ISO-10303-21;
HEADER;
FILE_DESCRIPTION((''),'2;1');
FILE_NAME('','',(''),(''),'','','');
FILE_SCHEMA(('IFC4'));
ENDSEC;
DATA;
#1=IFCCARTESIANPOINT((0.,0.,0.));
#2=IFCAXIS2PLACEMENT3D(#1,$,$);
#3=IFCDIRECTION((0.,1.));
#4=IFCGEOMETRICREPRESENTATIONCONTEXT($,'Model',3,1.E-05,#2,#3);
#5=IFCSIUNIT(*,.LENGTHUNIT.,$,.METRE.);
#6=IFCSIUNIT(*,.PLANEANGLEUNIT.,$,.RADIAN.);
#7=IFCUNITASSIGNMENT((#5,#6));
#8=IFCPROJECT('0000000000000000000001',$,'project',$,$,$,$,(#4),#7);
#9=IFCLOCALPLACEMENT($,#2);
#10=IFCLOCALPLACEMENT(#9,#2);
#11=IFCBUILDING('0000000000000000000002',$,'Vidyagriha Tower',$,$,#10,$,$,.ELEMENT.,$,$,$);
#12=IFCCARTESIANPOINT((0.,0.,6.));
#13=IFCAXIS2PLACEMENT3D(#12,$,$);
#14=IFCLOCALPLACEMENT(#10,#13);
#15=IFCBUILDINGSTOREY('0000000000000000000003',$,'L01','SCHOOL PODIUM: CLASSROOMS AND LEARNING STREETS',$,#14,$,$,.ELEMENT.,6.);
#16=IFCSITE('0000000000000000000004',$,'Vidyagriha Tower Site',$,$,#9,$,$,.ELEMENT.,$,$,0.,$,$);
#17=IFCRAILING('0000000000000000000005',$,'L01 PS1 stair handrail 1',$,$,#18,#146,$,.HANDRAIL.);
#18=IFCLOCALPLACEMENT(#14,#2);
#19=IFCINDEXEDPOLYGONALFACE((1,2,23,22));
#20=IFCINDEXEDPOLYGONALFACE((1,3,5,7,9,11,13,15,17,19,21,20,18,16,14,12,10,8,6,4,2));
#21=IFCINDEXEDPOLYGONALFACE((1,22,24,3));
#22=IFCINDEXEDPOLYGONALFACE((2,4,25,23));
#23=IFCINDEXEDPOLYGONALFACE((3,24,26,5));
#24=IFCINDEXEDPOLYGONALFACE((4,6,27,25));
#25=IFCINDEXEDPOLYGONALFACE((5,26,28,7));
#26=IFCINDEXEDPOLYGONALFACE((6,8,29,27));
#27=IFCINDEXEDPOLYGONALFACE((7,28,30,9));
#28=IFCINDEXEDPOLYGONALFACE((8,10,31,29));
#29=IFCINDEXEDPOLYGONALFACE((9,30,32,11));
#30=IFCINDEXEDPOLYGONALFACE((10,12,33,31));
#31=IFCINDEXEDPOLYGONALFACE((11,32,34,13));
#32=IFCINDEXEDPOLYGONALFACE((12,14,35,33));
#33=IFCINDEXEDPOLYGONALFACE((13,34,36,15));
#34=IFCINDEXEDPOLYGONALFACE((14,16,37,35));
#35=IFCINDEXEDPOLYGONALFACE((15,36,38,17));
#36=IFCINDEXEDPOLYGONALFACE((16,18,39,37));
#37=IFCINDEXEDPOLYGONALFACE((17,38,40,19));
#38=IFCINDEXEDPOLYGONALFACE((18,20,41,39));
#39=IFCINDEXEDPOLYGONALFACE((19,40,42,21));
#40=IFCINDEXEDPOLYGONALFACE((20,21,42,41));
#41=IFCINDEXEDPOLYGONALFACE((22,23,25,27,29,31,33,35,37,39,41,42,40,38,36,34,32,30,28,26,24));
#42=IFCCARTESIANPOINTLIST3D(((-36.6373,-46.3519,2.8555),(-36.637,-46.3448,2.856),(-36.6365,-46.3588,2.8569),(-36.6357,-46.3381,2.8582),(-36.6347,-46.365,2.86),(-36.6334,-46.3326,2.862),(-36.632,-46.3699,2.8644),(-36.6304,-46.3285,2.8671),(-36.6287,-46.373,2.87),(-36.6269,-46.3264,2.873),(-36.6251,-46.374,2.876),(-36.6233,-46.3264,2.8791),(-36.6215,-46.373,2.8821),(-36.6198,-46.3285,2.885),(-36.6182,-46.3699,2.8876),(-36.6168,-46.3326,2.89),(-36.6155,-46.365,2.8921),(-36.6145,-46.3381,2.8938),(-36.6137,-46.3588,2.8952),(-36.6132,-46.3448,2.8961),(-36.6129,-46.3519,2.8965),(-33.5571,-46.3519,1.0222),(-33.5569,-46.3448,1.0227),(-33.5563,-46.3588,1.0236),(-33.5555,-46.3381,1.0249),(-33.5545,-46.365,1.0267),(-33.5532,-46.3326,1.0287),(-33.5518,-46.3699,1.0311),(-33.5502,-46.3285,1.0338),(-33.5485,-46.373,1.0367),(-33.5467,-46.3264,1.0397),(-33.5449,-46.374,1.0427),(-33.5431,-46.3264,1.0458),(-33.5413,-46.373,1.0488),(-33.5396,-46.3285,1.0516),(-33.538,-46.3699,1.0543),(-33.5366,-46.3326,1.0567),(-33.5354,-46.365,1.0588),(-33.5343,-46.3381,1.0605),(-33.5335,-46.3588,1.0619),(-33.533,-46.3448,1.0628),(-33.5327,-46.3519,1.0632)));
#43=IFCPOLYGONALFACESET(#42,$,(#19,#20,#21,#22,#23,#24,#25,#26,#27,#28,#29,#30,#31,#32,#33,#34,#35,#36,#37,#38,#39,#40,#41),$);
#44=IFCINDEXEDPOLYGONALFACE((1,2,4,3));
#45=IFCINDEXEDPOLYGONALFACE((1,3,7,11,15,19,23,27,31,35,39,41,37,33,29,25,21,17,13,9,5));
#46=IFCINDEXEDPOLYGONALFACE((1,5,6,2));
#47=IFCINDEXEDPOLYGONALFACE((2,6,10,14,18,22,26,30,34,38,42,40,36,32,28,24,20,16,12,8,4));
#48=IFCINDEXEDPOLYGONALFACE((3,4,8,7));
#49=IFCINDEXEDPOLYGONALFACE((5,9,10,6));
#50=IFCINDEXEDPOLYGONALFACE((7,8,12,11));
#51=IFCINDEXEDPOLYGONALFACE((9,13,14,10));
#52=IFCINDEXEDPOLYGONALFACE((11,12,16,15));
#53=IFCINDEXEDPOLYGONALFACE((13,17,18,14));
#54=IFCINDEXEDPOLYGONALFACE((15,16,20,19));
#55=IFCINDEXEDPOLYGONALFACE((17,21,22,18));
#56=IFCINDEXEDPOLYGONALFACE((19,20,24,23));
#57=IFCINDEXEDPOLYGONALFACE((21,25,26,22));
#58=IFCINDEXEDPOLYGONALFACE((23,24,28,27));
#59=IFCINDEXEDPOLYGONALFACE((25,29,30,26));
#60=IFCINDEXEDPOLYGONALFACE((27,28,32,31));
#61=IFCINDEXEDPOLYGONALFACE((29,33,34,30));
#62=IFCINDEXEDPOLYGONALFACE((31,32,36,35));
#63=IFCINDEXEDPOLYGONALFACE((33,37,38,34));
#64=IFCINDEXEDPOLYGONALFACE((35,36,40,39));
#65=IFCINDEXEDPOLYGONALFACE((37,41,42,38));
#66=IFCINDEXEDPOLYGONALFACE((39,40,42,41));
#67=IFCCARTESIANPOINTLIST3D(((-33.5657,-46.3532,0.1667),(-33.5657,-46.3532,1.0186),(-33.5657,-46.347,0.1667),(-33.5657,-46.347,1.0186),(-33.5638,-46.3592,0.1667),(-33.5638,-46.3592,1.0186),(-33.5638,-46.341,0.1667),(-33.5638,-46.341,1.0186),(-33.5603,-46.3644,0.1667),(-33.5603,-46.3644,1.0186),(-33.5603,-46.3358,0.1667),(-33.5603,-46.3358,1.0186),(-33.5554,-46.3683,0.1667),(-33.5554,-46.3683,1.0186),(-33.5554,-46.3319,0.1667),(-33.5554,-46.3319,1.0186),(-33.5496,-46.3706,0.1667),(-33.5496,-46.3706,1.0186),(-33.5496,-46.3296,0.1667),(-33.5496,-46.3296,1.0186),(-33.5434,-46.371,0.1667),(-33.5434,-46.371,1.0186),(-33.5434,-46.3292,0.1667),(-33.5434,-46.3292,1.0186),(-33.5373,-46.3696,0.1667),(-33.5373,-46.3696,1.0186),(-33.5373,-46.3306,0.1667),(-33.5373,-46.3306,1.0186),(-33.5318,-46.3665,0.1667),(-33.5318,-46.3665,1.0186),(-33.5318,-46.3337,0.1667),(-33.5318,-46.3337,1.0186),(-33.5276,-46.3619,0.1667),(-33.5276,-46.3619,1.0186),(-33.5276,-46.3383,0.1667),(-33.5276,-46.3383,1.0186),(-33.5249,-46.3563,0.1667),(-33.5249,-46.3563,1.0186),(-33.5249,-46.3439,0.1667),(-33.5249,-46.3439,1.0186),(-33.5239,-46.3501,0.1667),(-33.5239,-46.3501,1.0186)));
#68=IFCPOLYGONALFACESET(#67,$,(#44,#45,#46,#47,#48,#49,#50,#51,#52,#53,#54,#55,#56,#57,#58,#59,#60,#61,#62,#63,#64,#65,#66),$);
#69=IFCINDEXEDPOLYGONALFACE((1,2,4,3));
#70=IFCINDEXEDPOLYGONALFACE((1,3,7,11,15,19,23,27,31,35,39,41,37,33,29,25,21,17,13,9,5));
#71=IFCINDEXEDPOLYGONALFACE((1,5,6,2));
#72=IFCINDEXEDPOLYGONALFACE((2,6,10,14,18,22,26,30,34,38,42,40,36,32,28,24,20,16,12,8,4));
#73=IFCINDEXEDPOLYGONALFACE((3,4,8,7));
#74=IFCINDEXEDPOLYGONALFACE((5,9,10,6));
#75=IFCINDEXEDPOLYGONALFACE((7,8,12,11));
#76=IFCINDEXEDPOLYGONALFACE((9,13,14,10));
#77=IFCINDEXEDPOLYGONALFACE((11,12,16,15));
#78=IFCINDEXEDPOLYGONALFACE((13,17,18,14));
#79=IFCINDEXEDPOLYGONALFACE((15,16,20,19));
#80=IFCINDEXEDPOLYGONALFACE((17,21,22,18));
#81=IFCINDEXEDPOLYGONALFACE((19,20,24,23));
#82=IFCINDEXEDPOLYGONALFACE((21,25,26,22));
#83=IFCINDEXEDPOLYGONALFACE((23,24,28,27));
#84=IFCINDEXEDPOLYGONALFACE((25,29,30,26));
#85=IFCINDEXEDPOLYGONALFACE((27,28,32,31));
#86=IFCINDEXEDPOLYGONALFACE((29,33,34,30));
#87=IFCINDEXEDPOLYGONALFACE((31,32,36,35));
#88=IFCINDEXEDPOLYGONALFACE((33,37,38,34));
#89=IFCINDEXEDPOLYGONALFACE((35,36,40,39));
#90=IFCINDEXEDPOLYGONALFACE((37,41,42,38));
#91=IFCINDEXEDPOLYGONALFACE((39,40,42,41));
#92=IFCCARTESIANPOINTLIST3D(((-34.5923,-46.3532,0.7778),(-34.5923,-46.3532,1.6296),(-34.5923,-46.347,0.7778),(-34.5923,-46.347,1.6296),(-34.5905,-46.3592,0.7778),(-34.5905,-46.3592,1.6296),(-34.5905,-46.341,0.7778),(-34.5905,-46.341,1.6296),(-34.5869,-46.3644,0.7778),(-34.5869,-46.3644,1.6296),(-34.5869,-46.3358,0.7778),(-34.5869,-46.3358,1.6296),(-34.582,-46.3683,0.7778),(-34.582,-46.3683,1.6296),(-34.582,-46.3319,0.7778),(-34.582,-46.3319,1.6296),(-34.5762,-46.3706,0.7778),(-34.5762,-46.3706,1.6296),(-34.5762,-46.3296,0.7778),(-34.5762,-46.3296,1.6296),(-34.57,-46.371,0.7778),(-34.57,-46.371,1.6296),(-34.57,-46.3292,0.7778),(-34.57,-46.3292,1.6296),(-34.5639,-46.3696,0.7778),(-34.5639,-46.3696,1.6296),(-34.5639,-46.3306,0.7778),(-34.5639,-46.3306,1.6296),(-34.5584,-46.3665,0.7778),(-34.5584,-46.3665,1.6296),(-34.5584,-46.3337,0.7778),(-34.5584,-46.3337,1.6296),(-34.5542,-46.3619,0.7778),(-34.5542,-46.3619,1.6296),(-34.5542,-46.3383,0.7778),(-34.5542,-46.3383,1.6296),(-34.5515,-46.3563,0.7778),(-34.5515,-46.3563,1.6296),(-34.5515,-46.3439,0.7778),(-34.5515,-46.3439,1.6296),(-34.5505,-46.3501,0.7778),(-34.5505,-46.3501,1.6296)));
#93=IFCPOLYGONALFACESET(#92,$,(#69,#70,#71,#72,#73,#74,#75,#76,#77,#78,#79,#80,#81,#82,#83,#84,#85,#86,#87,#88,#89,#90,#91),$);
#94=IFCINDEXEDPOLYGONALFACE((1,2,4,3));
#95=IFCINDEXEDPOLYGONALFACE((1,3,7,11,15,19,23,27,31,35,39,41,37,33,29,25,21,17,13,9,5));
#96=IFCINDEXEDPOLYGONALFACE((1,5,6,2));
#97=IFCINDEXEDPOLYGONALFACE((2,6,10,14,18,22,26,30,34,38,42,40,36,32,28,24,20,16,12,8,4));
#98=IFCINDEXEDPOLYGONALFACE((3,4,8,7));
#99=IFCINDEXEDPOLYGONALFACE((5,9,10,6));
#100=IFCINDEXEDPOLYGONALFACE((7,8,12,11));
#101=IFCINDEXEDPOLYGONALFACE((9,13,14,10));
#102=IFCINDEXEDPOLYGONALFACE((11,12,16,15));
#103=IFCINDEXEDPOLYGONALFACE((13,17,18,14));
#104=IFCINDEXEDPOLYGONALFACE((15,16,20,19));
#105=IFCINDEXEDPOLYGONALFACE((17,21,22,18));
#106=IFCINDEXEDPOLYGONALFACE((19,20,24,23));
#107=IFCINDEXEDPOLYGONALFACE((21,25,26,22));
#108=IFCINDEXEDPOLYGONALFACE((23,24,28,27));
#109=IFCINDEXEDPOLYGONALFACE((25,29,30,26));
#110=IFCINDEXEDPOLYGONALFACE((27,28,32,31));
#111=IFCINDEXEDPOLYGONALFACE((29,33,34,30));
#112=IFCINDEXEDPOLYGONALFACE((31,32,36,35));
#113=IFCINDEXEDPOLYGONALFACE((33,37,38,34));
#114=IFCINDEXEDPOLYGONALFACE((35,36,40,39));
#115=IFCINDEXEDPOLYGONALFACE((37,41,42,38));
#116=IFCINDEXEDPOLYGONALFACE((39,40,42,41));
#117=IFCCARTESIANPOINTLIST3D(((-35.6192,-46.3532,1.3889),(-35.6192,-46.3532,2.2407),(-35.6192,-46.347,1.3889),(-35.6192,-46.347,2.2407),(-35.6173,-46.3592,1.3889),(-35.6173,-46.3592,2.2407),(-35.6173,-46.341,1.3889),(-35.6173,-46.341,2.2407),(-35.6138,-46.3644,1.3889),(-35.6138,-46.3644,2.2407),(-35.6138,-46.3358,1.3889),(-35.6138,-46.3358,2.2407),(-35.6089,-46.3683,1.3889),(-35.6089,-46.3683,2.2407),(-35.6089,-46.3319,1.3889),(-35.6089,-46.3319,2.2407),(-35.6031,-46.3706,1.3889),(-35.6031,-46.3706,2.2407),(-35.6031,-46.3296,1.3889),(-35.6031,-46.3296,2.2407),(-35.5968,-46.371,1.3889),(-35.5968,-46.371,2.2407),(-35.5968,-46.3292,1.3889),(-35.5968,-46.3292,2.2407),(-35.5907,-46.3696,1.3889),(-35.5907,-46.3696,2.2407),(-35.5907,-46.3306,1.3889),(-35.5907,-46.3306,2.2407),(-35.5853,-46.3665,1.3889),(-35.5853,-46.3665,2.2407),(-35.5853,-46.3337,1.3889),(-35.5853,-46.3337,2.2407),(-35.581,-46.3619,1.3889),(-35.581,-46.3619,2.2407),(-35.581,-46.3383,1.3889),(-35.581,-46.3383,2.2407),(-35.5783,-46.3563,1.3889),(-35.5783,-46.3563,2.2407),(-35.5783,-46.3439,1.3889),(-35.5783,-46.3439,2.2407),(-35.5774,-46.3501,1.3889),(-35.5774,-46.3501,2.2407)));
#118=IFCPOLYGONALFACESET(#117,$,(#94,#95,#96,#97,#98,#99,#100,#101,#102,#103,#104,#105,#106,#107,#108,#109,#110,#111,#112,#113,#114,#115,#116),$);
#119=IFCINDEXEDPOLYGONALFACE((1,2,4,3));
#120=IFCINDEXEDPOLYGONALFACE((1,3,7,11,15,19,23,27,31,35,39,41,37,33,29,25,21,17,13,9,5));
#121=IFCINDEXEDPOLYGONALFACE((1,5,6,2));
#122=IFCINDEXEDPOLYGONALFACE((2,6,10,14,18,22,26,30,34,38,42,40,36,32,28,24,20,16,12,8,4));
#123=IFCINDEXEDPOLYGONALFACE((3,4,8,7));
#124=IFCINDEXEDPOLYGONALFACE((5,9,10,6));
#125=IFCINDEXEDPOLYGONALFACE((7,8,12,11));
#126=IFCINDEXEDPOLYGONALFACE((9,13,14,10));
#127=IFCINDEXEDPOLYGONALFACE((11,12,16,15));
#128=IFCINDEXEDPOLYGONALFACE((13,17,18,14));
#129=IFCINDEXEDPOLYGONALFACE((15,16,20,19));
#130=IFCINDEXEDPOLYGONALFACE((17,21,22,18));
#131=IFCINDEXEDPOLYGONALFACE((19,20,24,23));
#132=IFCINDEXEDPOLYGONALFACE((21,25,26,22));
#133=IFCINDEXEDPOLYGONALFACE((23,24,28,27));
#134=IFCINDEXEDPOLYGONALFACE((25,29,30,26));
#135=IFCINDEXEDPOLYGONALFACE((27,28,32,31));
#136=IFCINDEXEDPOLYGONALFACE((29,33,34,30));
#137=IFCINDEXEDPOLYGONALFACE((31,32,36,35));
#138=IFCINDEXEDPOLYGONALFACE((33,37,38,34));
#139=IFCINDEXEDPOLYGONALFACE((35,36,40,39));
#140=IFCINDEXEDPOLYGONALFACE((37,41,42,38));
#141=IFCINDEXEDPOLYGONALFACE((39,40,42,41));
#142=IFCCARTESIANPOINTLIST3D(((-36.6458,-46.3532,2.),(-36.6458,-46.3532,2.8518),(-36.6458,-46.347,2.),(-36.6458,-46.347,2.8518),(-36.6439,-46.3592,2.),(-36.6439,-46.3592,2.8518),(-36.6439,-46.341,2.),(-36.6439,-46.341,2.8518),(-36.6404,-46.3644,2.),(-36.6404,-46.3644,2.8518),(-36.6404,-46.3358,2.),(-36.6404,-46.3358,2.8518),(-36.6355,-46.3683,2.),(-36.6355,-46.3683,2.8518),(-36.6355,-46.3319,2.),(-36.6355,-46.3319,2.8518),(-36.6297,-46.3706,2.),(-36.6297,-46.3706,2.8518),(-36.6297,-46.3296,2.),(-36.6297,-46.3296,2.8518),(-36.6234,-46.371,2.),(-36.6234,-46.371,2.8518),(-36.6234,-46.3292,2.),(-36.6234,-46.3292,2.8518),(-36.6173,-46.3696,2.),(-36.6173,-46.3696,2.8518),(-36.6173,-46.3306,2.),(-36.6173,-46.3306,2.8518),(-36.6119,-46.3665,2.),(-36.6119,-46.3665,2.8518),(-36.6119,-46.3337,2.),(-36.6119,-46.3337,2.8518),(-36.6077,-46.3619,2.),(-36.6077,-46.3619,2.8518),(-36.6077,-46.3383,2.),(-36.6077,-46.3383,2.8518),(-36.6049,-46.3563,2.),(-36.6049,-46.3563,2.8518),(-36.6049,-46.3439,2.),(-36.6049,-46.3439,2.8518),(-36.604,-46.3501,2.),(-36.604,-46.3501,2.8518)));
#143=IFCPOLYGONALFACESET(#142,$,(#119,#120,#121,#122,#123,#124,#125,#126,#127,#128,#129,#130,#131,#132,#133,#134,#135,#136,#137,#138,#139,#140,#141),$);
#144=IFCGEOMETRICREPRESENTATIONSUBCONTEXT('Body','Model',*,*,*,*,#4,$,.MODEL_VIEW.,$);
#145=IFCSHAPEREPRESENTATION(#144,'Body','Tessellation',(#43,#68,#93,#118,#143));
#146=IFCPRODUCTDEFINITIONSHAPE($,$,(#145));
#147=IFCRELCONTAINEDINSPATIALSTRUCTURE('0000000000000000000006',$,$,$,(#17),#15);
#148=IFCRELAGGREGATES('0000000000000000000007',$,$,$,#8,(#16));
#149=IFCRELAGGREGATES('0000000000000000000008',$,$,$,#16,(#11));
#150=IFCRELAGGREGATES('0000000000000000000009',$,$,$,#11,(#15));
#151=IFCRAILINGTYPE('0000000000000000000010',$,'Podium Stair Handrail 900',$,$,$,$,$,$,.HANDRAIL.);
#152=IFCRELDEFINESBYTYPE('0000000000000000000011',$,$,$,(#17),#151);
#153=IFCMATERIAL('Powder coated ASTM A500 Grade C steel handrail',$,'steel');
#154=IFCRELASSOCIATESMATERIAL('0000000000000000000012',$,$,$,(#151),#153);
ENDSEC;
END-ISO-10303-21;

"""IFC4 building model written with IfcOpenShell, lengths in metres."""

from ifc_helpers import new_model, si_unit, direction, frame, origin, origin_2d, place, context, subcontext, project, spatial, circle, extrude, material, type_object, element, save


model = new_model("IFC4")

# Units and contexts
model_context = context("Model", 3, precision=1e-05, world=origin(), true_north=direction((0.0, 1.0)))
body_context = subcontext(model_context, "Body", "Model", "MODEL_VIEW")
ifc_project = project(units=[si_unit("LENGTHUNIT", "METRE"), si_unit("PLANEANGLEUNIT", "RADIAN")], contexts=[model_context])

# Site, building, storey
site_placement = place(None, origin())
site = spatial("IfcSite", under=ifc_project, at=site_placement, Name="Vidyagriha Tower Site", CompositionType="ELEMENT", RefElevation=0.0)
building_placement = place(site_placement, origin())
building = spatial("IfcBuilding", under=site, at=building_placement, Name="Vidyagriha Tower", CompositionType="ELEMENT")
storey_placement = place(building_placement, frame((0.0, 0.0, 6.0)))
storey = spatial("IfcBuildingStorey", under=building, at=storey_placement, Name="L01", Description="SCHOOL PODIUM: CLASSROOMS AND LEARNING STREETS", CompositionType="ELEMENT", Elevation=6.0)

# Railing
ifc_material_1 = material(Name="Powder coated ASTM A500 Grade C steel handrail", Category="steel")
railing_type_1 = type_object("IfcRailingType", Name="Podium Stair Handrail 900", PredefinedType="HANDRAIL", material=ifc_material_1)
railing_1_placement = place(storey_placement, frame((-33.5449, -46.3501, 0.1667)))
element("IfcRailing", 1, at=railing_1_placement, inside=storey, type_object=railing_type_1, Name="L01 PS1 stair handrail 1", PredefinedType="HANDRAIL", context=body_context, shape_type="SweptSolid", body=[
    extrude(circle(Radius=0.0239, at=origin_2d()), frame((0.0, 0.0, 0.876), z_axis=(-0.859309, 0.0, 0.511458), x_axis=(0.0, -1.0, 0.0)), (0.0, 0.0, 1.0), 3.5845),
    extrude(circle(Radius=0.021, at=origin_2d()), origin(), (0.0, 0.0, 1.0), 0.8518),
    extrude(circle(Radius=0.021, at=origin_2d()), frame((-1.0266, 0.0, 0.6111)), (0.0, 0.0, 1.0), 0.8518),
    extrude(circle(Radius=0.021, at=origin_2d()), frame((-2.0535, 0.0, 1.2222)), (0.0, 0.0, 1.0), 0.8518),
    extrude(circle(Radius=0.021, at=origin_2d()), frame((-3.0801, 0.0, 1.8333)), (0.0, 0.0, 1.0), 0.8518),
])

save(model, "model.ifc")
